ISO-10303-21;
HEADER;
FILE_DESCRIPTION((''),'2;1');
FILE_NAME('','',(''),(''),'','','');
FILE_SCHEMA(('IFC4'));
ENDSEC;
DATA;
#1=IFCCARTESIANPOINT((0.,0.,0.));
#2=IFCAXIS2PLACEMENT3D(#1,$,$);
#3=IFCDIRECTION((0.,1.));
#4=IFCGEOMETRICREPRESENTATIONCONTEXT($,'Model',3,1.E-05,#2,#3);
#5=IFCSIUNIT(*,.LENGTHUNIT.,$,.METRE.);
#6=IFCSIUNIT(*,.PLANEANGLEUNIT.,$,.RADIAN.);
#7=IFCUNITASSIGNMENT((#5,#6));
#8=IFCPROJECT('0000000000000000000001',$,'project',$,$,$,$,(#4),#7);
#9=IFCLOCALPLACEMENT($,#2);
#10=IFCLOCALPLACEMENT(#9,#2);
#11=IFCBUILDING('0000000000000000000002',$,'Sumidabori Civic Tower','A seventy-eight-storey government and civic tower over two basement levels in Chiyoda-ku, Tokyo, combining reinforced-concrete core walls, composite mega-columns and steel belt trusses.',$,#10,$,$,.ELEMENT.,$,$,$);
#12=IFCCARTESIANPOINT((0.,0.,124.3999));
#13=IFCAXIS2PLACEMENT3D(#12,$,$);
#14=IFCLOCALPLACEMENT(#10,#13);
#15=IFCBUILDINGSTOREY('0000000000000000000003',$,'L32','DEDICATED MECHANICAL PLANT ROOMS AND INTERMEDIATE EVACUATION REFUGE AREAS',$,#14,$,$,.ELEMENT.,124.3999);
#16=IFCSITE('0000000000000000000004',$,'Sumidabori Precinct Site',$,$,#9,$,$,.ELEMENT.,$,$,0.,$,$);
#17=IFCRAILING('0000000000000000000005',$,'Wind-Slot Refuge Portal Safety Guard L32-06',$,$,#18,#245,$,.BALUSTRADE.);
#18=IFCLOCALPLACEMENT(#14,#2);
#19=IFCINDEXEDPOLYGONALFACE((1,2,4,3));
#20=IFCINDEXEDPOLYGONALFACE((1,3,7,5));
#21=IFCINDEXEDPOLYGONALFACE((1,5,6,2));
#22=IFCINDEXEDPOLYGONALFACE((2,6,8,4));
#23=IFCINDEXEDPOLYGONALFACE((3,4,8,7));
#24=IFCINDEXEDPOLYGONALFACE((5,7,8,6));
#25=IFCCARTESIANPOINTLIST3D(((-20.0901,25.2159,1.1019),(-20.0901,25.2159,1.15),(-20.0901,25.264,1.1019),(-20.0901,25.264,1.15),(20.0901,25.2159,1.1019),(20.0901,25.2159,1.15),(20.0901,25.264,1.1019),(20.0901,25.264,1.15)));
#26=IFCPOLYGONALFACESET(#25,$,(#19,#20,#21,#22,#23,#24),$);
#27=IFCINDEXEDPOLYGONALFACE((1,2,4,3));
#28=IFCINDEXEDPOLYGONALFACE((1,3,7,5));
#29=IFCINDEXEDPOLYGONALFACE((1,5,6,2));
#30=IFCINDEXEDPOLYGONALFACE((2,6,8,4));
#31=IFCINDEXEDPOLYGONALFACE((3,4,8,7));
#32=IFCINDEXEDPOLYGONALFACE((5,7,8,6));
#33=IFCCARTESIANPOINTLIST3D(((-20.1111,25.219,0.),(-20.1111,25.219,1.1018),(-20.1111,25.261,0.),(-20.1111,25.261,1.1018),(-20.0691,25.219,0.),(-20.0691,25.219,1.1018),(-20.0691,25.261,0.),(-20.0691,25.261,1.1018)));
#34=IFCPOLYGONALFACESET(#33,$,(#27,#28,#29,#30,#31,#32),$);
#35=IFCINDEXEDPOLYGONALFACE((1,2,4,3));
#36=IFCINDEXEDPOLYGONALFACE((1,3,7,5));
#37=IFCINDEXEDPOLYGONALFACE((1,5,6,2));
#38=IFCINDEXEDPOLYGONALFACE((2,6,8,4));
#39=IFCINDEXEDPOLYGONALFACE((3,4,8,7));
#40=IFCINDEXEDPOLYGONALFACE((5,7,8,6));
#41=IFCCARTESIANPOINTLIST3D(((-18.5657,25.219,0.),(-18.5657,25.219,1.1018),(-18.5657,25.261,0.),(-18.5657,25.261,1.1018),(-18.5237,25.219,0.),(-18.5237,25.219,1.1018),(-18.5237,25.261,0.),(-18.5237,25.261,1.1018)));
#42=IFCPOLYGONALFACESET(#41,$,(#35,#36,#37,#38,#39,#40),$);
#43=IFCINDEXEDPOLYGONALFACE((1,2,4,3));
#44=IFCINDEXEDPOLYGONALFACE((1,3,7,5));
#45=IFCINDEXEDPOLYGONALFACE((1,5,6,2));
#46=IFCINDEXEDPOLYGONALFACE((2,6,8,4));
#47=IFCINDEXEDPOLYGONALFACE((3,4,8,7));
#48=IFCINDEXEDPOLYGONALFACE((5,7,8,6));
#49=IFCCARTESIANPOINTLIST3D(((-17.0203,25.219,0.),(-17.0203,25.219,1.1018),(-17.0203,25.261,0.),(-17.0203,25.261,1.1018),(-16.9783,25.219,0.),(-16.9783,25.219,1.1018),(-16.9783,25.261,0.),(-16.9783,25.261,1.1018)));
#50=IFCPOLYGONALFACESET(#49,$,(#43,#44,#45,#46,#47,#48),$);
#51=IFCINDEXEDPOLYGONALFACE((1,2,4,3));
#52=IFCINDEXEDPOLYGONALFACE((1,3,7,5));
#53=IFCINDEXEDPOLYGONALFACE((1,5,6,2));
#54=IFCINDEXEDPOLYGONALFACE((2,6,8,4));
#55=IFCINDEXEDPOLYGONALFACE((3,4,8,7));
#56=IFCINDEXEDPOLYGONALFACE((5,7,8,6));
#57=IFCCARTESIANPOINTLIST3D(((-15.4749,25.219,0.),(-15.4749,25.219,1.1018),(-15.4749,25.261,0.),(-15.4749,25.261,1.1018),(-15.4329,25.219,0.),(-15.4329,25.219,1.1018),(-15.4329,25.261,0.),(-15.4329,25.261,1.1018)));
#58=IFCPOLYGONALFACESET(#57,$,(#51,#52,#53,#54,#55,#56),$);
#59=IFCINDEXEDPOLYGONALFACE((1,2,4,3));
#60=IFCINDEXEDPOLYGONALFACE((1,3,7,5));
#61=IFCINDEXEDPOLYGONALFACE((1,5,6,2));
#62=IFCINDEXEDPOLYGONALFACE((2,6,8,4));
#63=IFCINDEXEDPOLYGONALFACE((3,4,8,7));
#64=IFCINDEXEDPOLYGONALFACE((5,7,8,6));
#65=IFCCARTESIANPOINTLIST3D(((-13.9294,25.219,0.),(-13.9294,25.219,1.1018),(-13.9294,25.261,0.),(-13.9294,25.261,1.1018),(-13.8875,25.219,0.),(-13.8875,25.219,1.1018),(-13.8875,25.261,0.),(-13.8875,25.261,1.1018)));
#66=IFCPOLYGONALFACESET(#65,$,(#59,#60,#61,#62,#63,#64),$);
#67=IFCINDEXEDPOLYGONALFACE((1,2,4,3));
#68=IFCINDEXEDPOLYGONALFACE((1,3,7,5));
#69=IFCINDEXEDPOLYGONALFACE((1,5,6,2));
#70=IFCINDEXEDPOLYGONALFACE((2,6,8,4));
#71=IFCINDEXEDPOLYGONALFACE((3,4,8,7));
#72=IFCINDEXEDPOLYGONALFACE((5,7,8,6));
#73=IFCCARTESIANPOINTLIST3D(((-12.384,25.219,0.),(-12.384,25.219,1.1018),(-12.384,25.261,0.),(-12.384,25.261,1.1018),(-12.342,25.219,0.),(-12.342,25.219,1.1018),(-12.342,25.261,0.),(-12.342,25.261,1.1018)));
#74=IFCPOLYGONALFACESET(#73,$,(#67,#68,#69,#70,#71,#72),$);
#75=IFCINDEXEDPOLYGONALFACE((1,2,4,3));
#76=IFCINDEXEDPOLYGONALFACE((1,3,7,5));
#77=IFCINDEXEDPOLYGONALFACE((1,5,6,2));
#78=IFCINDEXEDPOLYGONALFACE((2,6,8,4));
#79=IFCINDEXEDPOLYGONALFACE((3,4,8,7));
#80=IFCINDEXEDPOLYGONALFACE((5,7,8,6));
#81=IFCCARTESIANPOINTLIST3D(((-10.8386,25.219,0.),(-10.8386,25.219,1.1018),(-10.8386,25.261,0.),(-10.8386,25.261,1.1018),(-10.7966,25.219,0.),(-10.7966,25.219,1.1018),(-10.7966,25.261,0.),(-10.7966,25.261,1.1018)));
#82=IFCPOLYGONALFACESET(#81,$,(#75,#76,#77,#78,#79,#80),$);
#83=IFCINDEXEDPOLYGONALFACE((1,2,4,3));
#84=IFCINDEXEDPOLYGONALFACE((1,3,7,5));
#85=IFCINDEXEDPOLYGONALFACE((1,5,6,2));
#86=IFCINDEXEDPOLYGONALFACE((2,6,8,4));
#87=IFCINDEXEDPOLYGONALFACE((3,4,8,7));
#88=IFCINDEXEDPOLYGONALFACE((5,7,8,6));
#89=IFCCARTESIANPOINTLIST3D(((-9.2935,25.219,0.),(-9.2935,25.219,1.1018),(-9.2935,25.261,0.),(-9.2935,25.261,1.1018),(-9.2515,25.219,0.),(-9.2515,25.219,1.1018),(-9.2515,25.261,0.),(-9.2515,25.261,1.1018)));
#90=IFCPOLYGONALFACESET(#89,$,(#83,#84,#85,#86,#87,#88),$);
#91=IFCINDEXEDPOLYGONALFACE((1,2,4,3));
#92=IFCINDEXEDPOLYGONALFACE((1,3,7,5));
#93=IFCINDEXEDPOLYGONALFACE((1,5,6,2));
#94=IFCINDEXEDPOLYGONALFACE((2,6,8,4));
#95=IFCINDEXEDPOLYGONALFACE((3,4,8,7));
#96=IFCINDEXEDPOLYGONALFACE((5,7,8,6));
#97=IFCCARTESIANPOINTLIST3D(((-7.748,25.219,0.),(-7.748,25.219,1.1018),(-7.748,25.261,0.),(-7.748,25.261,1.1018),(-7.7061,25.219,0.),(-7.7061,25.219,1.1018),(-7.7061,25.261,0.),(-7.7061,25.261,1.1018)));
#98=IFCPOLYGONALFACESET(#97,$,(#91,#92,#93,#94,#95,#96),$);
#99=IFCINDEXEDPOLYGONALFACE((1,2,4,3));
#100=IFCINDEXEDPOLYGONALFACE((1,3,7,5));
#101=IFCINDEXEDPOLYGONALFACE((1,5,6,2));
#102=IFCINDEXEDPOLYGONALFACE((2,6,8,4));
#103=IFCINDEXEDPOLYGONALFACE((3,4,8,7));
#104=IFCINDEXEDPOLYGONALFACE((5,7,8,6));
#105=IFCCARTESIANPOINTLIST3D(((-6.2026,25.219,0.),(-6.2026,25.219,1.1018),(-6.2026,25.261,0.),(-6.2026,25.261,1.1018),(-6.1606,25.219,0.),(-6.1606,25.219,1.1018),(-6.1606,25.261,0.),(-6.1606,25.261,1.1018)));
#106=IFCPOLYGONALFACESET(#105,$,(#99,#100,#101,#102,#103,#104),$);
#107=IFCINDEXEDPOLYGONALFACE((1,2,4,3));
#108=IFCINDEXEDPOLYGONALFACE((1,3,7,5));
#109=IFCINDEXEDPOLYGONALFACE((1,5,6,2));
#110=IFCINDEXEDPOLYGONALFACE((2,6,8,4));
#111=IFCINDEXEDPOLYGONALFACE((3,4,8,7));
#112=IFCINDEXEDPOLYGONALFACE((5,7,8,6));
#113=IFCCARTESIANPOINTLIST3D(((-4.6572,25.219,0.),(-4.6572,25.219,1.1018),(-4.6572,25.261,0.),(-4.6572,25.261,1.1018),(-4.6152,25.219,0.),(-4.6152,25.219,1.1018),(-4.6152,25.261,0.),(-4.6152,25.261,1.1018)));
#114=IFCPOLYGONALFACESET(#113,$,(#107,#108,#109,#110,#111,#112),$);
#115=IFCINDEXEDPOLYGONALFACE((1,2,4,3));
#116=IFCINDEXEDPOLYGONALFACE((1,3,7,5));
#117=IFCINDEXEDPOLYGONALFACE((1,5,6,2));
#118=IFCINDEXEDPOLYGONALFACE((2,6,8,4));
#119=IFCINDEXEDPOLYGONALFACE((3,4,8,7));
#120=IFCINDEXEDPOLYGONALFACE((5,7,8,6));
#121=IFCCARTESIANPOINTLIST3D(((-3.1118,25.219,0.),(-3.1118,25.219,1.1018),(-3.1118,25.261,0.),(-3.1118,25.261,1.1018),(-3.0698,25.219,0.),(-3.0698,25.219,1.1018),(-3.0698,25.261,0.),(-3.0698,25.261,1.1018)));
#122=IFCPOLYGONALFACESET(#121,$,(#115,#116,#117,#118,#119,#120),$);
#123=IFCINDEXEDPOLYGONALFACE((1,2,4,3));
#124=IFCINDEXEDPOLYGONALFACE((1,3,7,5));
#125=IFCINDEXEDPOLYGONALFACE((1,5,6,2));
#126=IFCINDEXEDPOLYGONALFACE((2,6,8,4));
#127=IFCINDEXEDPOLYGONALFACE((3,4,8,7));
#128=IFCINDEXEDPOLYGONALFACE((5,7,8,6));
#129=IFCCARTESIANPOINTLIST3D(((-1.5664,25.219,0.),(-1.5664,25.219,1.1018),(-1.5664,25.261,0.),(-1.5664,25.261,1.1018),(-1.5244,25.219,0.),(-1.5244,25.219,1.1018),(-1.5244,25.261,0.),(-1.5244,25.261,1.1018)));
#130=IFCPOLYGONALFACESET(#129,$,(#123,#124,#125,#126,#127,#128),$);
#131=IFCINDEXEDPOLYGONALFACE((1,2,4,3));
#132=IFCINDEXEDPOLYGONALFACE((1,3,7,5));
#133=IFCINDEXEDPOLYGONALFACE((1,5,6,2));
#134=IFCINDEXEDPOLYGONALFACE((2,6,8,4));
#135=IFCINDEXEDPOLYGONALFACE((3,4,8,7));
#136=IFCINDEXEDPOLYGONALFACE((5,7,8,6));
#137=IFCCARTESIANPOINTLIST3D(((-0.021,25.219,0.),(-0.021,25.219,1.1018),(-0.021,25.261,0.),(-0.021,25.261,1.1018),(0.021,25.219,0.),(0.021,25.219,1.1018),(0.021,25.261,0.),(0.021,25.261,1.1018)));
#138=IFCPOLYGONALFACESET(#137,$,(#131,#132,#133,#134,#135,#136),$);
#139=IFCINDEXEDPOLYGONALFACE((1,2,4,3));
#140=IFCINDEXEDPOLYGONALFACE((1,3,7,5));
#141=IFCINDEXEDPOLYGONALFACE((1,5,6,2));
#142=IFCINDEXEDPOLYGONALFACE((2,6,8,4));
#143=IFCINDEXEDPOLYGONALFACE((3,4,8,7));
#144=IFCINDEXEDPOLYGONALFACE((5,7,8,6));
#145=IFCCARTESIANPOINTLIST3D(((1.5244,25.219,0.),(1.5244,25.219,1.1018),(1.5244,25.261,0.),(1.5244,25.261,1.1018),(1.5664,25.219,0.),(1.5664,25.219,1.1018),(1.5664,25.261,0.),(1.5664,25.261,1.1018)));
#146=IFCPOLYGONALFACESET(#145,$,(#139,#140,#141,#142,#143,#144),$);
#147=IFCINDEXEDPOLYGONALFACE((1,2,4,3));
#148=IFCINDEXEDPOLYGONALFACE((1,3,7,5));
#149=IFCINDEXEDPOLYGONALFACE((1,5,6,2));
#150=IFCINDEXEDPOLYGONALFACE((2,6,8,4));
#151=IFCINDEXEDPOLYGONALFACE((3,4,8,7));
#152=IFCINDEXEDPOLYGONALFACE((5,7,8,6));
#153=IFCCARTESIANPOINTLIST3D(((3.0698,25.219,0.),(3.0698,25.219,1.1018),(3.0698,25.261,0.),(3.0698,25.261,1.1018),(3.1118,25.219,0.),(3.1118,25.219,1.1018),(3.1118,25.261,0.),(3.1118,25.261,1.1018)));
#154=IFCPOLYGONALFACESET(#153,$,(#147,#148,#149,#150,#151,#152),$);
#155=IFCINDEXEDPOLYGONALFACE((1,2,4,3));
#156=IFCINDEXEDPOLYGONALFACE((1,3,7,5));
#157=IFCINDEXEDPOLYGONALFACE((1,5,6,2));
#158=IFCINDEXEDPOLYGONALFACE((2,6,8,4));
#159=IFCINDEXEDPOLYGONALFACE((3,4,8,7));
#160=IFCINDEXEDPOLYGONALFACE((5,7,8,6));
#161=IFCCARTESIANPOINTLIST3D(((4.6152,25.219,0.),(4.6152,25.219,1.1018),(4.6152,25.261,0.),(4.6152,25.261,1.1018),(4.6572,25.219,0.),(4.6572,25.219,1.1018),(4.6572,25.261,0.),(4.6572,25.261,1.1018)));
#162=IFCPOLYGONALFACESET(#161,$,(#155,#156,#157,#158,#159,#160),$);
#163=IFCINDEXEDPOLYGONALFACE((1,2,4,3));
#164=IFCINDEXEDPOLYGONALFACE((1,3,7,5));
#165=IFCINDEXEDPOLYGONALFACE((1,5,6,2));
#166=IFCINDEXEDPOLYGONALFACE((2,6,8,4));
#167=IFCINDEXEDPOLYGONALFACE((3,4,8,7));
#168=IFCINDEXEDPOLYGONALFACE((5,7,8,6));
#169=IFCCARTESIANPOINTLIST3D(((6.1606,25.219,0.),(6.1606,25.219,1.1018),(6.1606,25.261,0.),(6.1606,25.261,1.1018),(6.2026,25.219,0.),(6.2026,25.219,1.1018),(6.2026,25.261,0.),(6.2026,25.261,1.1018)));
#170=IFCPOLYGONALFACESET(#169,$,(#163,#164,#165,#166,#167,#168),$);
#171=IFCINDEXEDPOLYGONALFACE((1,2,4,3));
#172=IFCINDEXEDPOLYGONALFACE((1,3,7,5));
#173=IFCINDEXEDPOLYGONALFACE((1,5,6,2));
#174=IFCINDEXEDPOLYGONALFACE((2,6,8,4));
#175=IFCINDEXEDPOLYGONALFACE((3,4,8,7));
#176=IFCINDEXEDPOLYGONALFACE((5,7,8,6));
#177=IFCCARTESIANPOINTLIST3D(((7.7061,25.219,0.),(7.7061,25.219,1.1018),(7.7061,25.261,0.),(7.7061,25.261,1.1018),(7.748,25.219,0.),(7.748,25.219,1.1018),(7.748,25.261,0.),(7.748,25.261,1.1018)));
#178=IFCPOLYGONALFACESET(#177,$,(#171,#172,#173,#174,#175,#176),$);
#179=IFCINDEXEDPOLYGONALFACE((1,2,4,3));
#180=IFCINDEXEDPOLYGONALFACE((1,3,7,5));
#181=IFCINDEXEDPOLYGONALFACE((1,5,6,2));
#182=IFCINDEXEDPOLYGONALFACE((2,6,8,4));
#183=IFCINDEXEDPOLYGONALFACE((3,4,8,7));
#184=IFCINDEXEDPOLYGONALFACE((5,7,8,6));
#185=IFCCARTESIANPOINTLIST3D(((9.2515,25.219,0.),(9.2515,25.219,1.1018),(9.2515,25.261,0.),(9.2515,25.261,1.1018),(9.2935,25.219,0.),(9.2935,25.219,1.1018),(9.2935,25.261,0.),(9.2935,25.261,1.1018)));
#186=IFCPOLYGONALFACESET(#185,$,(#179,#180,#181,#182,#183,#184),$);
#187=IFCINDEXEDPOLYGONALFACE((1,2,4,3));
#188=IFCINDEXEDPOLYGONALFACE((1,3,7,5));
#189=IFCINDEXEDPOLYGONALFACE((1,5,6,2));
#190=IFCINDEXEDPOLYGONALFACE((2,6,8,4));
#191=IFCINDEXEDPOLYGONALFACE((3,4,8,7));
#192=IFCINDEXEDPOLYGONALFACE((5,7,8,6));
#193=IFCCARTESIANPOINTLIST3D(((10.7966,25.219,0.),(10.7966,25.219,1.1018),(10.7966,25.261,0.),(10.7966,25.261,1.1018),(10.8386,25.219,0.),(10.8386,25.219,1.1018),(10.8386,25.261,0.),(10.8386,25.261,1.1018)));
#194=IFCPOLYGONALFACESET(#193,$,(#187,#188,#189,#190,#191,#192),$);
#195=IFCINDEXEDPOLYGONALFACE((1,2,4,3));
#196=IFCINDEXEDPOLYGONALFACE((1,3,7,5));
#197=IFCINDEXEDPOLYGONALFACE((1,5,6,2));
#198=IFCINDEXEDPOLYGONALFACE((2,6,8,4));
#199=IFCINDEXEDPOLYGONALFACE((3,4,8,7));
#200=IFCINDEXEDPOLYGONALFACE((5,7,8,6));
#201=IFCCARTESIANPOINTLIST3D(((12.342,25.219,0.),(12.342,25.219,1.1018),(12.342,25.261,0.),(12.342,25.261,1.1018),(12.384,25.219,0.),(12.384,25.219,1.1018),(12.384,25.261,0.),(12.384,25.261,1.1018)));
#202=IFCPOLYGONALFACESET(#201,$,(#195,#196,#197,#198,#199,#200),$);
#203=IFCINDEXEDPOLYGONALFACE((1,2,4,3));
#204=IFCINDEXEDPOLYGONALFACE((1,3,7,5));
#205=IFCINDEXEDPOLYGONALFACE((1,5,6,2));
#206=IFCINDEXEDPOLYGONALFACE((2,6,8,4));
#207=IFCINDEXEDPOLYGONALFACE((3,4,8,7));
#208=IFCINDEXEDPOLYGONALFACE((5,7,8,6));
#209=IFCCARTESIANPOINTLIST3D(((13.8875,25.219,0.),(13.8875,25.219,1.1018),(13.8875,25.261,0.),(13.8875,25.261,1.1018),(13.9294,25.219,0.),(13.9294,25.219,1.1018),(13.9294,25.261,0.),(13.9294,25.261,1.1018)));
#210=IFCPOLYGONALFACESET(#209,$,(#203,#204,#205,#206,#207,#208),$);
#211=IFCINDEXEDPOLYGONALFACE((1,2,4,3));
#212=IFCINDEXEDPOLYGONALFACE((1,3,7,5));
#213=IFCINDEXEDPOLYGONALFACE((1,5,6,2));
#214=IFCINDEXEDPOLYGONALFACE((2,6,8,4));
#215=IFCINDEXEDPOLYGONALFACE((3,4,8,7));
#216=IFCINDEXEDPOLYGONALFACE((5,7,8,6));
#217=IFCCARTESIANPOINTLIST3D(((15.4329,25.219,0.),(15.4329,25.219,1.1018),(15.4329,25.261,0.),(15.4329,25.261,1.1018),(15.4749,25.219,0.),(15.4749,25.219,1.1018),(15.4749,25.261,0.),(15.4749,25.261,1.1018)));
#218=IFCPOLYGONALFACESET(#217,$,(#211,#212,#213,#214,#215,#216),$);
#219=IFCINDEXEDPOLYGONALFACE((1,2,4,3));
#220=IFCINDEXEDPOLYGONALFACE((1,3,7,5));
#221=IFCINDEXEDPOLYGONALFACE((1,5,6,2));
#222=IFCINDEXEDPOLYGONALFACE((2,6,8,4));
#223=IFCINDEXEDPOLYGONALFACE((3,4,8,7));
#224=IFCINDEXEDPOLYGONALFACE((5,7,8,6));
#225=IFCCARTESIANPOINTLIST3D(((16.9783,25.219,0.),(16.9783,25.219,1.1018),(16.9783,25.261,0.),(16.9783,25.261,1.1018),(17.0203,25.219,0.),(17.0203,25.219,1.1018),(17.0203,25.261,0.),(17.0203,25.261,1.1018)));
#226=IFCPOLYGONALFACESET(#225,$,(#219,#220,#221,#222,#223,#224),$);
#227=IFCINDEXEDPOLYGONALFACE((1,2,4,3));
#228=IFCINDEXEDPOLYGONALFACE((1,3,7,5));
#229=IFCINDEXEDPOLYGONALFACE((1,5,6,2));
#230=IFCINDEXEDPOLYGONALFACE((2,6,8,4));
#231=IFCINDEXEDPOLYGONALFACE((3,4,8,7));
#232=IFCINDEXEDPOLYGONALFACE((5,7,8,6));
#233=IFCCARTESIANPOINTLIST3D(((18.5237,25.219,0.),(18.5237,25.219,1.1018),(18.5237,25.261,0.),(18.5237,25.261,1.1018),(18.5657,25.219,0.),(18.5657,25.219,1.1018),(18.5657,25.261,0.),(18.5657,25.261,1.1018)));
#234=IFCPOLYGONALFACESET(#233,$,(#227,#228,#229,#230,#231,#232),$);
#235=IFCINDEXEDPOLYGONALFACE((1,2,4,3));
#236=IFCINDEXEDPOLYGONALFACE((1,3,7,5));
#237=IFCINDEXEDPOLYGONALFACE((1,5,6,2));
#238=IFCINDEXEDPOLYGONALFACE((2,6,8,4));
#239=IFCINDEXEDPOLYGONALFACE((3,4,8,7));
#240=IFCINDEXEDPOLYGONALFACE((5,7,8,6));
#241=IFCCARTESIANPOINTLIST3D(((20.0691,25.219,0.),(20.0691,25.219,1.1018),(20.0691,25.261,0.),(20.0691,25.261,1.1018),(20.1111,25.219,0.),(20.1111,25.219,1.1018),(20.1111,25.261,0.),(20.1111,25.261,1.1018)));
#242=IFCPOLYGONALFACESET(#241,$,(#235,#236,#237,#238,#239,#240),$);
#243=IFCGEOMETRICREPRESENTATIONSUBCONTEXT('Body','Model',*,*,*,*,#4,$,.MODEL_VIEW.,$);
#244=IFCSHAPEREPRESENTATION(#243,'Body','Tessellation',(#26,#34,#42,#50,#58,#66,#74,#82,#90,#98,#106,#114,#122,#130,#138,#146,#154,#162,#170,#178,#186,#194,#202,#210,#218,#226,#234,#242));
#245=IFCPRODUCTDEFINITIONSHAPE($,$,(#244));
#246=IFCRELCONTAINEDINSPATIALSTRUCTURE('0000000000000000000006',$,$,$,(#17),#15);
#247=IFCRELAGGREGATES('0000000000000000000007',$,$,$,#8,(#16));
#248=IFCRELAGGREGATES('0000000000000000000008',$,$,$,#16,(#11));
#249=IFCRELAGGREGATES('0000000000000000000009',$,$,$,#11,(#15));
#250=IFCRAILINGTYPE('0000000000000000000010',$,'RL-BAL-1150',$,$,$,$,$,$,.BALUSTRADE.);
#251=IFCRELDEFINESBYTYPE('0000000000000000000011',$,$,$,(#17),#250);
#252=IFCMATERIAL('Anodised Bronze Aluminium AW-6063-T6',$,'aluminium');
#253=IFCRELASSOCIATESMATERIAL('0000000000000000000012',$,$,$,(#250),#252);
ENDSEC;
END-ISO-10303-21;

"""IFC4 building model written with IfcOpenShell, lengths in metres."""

from ifc_helpers import new_model, si_unit, direction, frame, origin, origin_2d, place, context, subcontext, project, spatial, rectangle, extrude, material, type_object, element, save


model = new_model("IFC4")

# Units and contexts
model_context = context("Model", 3, precision=1e-05, world=origin(), true_north=direction((0.0, 1.0)))
body_context = subcontext(model_context, "Body", "Model", "MODEL_VIEW")
ifc_project = project(units=[si_unit("LENGTHUNIT", "METRE"), si_unit("PLANEANGLEUNIT", "RADIAN")], contexts=[model_context])

# Site, building, storey
site_placement = place(None, origin())
site = spatial("IfcSite", under=ifc_project, at=site_placement, Name="Sumidabori Precinct Site", CompositionType="ELEMENT", RefElevation=0.0)
building_placement = place(site_placement, origin())
building = spatial("IfcBuilding", under=site, at=building_placement, Name="Sumidabori Civic Tower", Description="A seventy-eight-storey government and civic tower over two basement levels in Chiyoda-ku, Tokyo, combining reinforced-concrete core walls, composite mega-columns and steel belt trusses.", CompositionType="ELEMENT")
storey_placement = place(building_placement, frame((0.0, 0.0, 124.3999)))
storey = spatial("IfcBuildingStorey", under=building, at=storey_placement, Name="L32", Description="DEDICATED MECHANICAL PLANT ROOMS AND INTERMEDIATE EVACUATION REFUGE AREAS", CompositionType="ELEMENT", Elevation=124.3999)

# Railing
ifc_material_1 = material(Name="Anodised Bronze Aluminium AW-6063-T6", Category="aluminium")
railing_type_1 = type_object("IfcRailingType", Name="RL-BAL-1150", PredefinedType="BALUSTRADE", material=ifc_material_1)
railing_1_placement = place(storey_placement, frame((-20.0901, 25.24, 0.0)))
element("IfcRailing", 1, at=railing_1_placement, inside=storey, type_object=railing_type_1, Name="Wind-Slot Refuge Portal Safety Guard L32-06", PredefinedType="BALUSTRADE", context=body_context, shape_type="SweptSolid", body=[
    extrude(rectangle(XDim=0.0481, YDim=0.0481, at=origin_2d()), frame((0.0, 0.0, 1.126), z_axis=(1.0, 0.0, 0.0), x_axis=(0.0, 1.0, 0.0)), (0.0, 0.0, 1.0), 40.1802),
    extrude(rectangle(XDim=0.042, YDim=0.042, at=origin_2d()), origin(), (0.0, 0.0, 1.0), 1.1018),
    extrude(rectangle(XDim=0.042, YDim=0.042, at=origin_2d()), frame((1.5454, 0.0, 0.0)), (0.0, 0.0, 1.0), 1.1018),
    extrude(rectangle(XDim=0.042, YDim=0.042, at=origin_2d()), frame((3.0908, 0.0, 0.0)), (0.0, 0.0, 1.0), 1.1018),
    extrude(rectangle(XDim=0.042, YDim=0.042, at=origin_2d()), frame((4.6362, 0.0, 0.0)), (0.0, 0.0, 1.0), 1.1018),
    extrude(rectangle(XDim=0.042, YDim=0.042, at=origin_2d()), frame((6.1816, 0.0, 0.0)), (0.0, 0.0, 1.0), 1.1018),
    extrude(rectangle(XDim=0.042, YDim=0.042, at=origin_2d()), frame((7.7271, 0.0, 0.0)), (0.0, 0.0, 1.0), 1.1018),
    extrude(rectangle(XDim=0.042, YDim=0.042, at=origin_2d()), frame((9.2725, 0.0, 0.0)), (0.0, 0.0, 1.0), 1.1018),
    extrude(rectangle(XDim=0.042, YDim=0.042, at=origin_2d()), frame((10.8176, 0.0, 0.0)), (0.0, 0.0, 1.0), 1.1018),
    extrude(rectangle(XDim=0.042, YDim=0.042, at=origin_2d()), frame((12.363, 0.0, 0.0)), (0.0, 0.0, 1.0), 1.1018),
    extrude(rectangle(XDim=0.042, YDim=0.042, at=origin_2d()), frame((13.9084, 0.0, 0.0)), (0.0, 0.0, 1.0), 1.1018),
    extrude(rectangle(XDim=0.042, YDim=0.042, at=origin_2d()), frame((15.4539, 0.0, 0.0)), (0.0, 0.0, 1.0), 1.1018),
    extrude(rectangle(XDim=0.042, YDim=0.042, at=origin_2d()), frame((16.9993, 0.0, 0.0)), (0.0, 0.0, 1.0), 1.1018),
    extrude(rectangle(XDim=0.042, YDim=0.042, at=origin_2d()), frame((18.5447, 0.0, 0.0)), (0.0, 0.0, 1.0), 1.1018),
    extrude(rectangle(XDim=0.042, YDim=0.042, at=origin_2d()), frame((20.0901, 0.0, 0.0)), (0.0, 0.0, 1.0), 1.1018),
    extrude(rectangle(XDim=0.042, YDim=0.042, at=origin_2d()), frame((21.6355, 0.0, 0.0)), (0.0, 0.0, 1.0), 1.1018),
    extrude(rectangle(XDim=0.042, YDim=0.042, at=origin_2d()), frame((23.1809, 0.0, 0.0)), (0.0, 0.0, 1.0), 1.1018),
    extrude(rectangle(XDim=0.042, YDim=0.042, at=origin_2d()), frame((24.7263, 0.0, 0.0)), (0.0, 0.0, 1.0), 1.1018),
    extrude(rectangle(XDim=0.042, YDim=0.042, at=origin_2d()), frame((26.2717, 0.0, 0.0)), (0.0, 0.0, 1.0), 1.1018),
    extrude(rectangle(XDim=0.042, YDim=0.042, at=origin_2d()), frame((27.8171, 0.0, 0.0)), (0.0, 0.0, 1.0), 1.1018),
    extrude(rectangle(XDim=0.042, YDim=0.042, at=origin_2d()), frame((29.3625, 0.0, 0.0)), (0.0, 0.0, 1.0), 1.1018),
    extrude(rectangle(XDim=0.042, YDim=0.042, at=origin_2d()), frame((30.9077, 0.0, 0.0)), (0.0, 0.0, 1.0), 1.1018),
    extrude(rectangle(XDim=0.042, YDim=0.042, at=origin_2d()), frame((32.4531, 0.0, 0.0)), (0.0, 0.0, 1.0), 1.1018),
    extrude(rectangle(XDim=0.042, YDim=0.042, at=origin_2d()), frame((33.9985, 0.0, 0.0)), (0.0, 0.0, 1.0), 1.1018),
    extrude(rectangle(XDim=0.042, YDim=0.042, at=origin_2d()), frame((35.5439, 0.0, 0.0)), (0.0, 0.0, 1.0), 1.1018),
    extrude(rectangle(XDim=0.042, YDim=0.042, at=origin_2d()), frame((37.0894, 0.0, 0.0)), (0.0, 0.0, 1.0), 1.1018),
    extrude(rectangle(XDim=0.042, YDim=0.042, at=origin_2d()), frame((38.6348, 0.0, 0.0)), (0.0, 0.0, 1.0), 1.1018),
    extrude(rectangle(XDim=0.042, YDim=0.042, at=origin_2d()), frame((40.1802, 0.0, 0.0)), (0.0, 0.0, 1.0), 1.1018),
])

save(model, "model.ifc")
